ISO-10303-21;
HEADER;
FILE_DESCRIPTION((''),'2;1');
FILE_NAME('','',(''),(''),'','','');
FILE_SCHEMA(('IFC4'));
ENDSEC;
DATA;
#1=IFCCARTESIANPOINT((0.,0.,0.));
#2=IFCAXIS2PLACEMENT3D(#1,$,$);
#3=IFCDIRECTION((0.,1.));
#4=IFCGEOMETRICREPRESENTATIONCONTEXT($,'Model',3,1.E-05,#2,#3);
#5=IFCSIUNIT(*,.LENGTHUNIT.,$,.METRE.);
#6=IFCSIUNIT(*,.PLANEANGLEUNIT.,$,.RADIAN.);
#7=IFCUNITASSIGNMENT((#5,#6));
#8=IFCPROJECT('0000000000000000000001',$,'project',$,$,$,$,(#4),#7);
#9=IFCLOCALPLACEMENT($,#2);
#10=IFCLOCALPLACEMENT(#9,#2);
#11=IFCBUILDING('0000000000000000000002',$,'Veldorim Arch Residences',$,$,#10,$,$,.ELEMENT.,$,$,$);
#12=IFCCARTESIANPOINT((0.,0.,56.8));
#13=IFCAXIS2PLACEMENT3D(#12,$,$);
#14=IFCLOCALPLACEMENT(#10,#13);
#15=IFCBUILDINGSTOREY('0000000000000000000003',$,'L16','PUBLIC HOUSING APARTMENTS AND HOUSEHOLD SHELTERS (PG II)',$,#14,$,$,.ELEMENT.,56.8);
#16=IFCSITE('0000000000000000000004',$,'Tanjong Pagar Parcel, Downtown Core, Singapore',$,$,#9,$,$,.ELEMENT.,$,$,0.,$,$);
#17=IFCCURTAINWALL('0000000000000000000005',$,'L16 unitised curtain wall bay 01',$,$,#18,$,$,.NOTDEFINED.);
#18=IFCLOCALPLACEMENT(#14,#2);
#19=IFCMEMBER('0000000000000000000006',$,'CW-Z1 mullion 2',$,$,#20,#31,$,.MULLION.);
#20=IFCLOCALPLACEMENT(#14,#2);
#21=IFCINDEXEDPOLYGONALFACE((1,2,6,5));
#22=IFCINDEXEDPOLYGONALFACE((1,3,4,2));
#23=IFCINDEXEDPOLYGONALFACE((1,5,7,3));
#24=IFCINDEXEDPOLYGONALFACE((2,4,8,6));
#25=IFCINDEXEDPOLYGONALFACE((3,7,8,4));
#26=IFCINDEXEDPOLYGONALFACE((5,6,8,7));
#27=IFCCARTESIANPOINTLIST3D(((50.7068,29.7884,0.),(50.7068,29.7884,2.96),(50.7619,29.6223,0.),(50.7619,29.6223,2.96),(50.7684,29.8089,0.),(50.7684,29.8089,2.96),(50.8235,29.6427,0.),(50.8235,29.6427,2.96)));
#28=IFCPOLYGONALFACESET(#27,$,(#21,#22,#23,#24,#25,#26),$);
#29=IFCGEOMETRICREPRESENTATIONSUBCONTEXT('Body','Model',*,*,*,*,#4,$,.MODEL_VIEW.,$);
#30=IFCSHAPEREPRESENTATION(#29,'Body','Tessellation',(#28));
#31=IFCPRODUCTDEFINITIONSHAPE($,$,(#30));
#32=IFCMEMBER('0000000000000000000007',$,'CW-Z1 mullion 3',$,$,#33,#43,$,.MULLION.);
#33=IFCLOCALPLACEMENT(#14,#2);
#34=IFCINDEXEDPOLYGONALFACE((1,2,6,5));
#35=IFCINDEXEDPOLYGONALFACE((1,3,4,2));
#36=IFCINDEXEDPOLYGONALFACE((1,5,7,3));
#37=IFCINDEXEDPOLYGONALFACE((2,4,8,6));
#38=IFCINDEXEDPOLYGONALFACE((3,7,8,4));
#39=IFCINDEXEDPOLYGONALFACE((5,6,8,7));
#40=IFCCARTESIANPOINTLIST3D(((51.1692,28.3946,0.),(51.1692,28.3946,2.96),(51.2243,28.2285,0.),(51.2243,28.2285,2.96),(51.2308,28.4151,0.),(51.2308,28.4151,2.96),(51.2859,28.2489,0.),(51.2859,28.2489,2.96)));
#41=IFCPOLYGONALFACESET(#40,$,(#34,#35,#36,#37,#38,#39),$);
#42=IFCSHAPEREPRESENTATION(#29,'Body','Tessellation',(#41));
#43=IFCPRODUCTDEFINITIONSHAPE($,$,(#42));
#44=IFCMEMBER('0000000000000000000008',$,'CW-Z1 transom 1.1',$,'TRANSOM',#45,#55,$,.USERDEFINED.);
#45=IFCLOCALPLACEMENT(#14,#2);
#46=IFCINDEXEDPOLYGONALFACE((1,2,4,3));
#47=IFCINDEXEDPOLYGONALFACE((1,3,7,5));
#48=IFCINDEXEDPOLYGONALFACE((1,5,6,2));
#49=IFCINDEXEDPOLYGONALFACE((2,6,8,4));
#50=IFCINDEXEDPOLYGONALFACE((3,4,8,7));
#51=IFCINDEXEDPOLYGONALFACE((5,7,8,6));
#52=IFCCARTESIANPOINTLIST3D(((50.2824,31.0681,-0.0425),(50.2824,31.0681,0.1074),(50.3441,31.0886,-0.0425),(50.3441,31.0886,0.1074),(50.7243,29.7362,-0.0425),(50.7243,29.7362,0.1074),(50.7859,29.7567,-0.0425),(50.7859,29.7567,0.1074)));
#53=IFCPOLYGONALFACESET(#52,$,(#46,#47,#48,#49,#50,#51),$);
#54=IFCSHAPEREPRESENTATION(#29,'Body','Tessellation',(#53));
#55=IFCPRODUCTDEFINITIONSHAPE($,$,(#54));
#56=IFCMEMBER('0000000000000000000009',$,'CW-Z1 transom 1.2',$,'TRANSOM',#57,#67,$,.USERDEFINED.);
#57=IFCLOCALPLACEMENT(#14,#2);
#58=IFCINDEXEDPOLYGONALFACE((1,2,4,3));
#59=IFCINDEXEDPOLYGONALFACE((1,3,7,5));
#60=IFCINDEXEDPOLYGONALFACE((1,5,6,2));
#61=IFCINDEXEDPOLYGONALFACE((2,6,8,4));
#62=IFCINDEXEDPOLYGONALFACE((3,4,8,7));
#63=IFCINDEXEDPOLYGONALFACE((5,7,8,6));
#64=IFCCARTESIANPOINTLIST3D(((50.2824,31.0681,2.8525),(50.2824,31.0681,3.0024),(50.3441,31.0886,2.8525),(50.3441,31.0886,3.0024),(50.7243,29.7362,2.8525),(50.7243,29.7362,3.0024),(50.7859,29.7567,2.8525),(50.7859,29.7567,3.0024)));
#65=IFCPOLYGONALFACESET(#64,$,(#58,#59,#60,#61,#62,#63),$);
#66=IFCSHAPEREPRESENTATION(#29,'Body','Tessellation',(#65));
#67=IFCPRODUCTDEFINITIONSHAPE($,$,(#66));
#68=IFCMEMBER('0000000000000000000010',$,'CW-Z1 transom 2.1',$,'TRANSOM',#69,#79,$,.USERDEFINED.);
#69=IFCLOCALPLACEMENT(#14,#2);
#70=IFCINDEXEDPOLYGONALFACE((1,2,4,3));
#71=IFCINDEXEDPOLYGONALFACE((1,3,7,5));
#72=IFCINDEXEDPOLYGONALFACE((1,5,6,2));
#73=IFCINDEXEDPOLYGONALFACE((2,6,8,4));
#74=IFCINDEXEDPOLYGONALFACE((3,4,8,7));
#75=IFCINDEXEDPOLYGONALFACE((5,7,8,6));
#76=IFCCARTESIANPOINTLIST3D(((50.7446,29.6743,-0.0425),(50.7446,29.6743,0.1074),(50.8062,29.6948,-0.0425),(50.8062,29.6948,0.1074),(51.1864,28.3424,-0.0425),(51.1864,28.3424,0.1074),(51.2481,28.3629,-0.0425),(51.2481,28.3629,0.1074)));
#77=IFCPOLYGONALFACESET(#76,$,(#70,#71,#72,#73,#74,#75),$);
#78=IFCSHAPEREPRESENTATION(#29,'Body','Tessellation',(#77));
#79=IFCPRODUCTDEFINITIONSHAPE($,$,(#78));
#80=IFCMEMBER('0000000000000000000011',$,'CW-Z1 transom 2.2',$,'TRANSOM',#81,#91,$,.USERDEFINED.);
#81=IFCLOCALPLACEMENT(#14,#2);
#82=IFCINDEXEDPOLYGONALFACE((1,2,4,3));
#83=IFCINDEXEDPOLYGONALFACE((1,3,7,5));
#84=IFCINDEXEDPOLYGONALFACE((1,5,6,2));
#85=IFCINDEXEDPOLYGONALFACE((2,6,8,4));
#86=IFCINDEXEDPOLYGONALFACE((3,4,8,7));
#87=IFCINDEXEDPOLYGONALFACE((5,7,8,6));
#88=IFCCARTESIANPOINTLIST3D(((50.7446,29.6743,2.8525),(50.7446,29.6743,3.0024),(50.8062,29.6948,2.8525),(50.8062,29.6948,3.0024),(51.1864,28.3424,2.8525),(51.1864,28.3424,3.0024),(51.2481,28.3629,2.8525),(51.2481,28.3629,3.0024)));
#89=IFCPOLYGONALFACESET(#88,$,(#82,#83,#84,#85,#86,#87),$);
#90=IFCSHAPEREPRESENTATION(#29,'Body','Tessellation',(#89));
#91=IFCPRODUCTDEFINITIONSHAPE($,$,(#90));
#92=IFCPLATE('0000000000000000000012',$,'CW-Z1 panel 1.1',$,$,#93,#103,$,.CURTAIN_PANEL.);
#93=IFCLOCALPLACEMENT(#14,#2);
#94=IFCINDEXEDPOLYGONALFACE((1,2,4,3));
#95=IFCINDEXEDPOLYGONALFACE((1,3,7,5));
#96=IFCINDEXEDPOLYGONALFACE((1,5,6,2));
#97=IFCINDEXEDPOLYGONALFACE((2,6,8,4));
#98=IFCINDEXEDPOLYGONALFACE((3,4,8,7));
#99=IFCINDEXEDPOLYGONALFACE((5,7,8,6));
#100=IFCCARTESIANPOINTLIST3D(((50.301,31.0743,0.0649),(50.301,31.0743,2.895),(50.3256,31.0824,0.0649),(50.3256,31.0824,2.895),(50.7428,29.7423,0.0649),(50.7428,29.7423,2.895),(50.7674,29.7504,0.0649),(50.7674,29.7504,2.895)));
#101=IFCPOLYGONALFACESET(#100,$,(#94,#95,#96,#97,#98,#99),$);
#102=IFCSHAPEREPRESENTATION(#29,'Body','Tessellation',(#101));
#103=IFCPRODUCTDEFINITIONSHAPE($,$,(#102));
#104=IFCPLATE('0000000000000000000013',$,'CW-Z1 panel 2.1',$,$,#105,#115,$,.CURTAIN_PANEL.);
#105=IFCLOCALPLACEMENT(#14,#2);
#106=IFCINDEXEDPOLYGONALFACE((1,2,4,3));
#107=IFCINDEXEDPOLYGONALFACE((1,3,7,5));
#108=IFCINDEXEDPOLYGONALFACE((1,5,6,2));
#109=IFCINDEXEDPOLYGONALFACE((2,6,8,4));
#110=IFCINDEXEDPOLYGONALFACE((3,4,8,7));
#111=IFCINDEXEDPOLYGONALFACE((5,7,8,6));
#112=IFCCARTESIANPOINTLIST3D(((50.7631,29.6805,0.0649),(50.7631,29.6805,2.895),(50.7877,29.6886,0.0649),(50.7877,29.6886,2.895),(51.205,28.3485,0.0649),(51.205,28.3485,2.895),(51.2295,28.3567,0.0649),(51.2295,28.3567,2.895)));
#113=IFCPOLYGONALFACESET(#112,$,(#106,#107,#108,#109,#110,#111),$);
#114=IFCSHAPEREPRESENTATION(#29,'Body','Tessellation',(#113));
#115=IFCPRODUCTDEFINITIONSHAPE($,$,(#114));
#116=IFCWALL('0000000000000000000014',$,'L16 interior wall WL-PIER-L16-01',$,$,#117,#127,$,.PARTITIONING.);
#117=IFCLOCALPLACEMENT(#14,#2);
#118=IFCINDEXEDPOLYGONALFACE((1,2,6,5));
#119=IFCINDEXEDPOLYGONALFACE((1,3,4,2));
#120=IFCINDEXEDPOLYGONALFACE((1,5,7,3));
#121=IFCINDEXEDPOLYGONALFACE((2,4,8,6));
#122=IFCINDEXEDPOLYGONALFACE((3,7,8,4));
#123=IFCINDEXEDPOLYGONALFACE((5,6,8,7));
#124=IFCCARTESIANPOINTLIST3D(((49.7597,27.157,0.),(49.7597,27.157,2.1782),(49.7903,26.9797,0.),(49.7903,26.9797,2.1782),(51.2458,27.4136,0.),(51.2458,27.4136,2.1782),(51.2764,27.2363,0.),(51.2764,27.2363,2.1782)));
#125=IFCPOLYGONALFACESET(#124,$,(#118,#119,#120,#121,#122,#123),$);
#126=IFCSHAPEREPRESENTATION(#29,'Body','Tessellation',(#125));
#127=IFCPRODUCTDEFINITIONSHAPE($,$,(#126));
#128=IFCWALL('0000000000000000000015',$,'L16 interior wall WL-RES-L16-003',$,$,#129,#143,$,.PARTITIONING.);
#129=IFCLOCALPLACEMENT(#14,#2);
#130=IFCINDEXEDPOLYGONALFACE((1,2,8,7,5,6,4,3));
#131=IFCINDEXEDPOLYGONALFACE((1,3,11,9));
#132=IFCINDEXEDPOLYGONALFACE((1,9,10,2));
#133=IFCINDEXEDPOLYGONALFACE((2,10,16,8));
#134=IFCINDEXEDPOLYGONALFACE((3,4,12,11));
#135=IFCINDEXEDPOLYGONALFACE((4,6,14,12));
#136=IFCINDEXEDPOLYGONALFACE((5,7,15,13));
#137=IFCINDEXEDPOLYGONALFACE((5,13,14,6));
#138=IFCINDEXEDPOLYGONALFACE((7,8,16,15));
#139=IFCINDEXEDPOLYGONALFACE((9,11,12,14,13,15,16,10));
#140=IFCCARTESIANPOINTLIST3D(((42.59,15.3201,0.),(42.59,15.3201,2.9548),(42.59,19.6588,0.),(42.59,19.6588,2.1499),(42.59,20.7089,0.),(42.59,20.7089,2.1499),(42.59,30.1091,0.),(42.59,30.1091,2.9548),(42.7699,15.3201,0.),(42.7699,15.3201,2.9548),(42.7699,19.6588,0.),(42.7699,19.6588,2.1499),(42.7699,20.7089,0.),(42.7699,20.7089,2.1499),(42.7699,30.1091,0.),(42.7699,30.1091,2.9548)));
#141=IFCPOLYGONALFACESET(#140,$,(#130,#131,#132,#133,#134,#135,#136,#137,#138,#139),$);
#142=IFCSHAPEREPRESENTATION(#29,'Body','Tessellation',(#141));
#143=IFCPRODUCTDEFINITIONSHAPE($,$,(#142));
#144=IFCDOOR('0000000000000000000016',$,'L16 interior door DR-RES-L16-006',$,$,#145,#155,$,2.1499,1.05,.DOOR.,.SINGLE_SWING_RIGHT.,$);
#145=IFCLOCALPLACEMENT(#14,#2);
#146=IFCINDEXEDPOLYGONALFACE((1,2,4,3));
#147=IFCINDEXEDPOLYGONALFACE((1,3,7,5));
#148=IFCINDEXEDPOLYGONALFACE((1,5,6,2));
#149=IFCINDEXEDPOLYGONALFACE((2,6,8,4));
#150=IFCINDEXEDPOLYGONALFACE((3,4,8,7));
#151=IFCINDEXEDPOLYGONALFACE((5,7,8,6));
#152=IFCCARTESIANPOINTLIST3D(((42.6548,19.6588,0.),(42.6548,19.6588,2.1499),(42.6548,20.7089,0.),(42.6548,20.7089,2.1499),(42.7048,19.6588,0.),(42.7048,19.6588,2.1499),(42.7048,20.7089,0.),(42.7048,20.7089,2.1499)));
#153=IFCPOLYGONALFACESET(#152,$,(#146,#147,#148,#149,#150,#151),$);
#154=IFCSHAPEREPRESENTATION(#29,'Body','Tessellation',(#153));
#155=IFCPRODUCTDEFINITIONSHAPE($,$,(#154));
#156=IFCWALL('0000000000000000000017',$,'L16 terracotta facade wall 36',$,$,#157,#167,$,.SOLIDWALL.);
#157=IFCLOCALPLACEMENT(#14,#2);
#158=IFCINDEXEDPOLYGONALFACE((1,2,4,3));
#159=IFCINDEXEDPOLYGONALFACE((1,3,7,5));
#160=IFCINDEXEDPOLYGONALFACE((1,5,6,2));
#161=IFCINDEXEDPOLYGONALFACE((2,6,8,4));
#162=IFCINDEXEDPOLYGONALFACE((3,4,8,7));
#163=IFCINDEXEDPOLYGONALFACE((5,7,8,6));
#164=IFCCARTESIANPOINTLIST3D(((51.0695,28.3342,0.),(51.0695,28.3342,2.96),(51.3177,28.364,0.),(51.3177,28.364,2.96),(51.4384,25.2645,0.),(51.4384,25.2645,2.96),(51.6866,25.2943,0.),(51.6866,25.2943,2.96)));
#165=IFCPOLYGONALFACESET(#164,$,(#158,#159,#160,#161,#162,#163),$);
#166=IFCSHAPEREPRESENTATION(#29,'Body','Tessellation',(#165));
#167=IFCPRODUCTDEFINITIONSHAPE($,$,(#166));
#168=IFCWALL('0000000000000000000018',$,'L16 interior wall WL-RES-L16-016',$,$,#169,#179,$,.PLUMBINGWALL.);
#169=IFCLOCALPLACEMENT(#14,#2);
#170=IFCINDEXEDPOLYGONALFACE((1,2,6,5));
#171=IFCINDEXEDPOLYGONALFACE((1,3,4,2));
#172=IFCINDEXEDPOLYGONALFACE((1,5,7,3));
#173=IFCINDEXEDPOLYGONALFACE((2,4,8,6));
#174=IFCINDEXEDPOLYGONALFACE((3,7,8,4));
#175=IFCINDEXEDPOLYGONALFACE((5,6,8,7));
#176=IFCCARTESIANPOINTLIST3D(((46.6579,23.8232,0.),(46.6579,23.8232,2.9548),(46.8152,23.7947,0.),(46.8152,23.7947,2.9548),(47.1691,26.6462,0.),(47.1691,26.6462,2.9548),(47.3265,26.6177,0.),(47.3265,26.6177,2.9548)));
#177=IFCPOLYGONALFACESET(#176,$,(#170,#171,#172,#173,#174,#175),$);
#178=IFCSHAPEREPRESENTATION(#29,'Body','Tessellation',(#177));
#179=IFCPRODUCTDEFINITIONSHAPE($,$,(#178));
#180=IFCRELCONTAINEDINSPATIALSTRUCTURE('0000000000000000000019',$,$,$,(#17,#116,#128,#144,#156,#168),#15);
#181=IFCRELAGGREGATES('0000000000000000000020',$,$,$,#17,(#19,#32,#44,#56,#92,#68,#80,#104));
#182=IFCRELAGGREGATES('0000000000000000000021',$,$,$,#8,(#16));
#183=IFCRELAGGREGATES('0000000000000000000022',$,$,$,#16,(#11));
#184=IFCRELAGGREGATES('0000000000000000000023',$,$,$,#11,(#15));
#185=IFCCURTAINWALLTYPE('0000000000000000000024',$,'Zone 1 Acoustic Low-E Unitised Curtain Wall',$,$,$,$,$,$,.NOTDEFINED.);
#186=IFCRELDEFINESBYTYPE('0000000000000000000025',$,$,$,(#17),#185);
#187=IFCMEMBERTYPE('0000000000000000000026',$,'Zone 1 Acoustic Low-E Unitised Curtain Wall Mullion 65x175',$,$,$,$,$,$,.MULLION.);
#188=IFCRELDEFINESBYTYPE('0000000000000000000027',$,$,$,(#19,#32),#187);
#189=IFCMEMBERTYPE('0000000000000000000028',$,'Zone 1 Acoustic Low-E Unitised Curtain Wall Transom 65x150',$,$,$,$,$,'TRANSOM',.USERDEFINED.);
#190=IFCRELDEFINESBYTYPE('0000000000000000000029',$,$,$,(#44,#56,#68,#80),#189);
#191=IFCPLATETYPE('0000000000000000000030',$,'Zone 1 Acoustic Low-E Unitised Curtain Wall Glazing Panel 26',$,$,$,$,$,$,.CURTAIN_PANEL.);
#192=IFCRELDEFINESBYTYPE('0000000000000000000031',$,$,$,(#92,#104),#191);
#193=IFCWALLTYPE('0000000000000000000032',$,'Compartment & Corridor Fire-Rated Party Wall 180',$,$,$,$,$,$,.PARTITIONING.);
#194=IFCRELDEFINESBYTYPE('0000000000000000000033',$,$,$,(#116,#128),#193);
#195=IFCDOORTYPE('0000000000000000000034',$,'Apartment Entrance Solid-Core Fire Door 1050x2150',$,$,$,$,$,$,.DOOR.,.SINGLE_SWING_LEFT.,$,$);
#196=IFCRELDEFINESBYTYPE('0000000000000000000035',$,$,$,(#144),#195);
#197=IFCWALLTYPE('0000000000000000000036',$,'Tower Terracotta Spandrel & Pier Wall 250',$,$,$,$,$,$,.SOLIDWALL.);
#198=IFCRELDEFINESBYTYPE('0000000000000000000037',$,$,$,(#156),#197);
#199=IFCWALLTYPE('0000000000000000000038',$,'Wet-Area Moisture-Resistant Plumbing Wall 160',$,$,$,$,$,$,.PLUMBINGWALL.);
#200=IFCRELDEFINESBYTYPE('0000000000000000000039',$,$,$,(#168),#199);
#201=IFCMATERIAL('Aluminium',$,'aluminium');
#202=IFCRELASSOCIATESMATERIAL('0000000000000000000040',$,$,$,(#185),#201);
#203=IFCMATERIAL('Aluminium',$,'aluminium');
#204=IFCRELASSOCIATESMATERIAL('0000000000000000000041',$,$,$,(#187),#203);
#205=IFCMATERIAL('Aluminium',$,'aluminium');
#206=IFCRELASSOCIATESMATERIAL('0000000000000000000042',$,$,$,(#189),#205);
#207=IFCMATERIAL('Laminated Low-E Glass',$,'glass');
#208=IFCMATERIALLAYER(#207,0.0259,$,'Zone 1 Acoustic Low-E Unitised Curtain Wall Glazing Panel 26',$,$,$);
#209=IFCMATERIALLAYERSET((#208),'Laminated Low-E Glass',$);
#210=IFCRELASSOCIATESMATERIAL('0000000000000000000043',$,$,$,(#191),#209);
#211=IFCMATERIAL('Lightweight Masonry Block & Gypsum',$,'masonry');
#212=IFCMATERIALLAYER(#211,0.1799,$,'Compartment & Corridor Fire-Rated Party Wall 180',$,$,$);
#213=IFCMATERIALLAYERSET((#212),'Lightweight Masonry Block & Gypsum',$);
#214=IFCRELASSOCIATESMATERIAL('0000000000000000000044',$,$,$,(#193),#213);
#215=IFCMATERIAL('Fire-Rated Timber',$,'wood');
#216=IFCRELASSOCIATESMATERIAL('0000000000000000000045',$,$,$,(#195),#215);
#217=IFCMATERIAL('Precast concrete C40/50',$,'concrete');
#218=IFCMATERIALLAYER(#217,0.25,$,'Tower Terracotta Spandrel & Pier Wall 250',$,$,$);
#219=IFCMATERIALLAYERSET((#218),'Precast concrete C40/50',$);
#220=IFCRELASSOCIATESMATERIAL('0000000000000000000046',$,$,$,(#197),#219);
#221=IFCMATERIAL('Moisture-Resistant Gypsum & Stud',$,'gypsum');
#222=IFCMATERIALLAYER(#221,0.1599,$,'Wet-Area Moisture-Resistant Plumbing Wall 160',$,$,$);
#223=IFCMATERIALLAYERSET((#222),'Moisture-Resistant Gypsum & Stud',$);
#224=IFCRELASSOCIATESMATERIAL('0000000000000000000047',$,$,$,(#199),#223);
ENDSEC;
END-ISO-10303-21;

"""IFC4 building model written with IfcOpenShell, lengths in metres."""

from ifc_helpers import new_model, si_unit, direction, frame, frame_2d, origin, origin_2d, place, context, subcontext, project, spatial, rectangle, extrude, material, layer, layer_set, material_profile, profile_set, type_object, element, fill, aggregate, save


model = new_model("IFC4")

# Units and contexts
model_context = context("Model", 3, precision=1e-05, world=origin(), true_north=direction((0.0, 1.0)))
body_context = subcontext(model_context, "Body", "Model", "MODEL_VIEW")
ifc_project = project(units=[si_unit("LENGTHUNIT", "METRE"), si_unit("PLANEANGLEUNIT", "RADIAN")], contexts=[model_context])

# Site, building, storey
site_placement = place(None, origin())
site = spatial("IfcSite", under=ifc_project, at=site_placement, Name="Tanjong Pagar Parcel, Downtown Core, Singapore", CompositionType="ELEMENT", RefElevation=0.0)
building_placement = place(site_placement, origin())
building = spatial("IfcBuilding", under=site, at=building_placement, Name="Veldorim Arch Residences", CompositionType="ELEMENT")
storey_placement = place(building_placement, frame((0.0, 0.0, 56.8)))
storey = spatial("IfcBuildingStorey", under=building, at=storey_placement, Name="L16", Description="PUBLIC HOUSING APARTMENTS AND HOUSEHOLD SHELTERS (PG II)", CompositionType="ELEMENT", Elevation=56.8)

# Curtain wall, members, plates
ifc_material_1 = material(Name="Aluminium", Category="aluminium")
curtain_wall_type = type_object("IfcCurtainWallType", Name="Zone 1 Acoustic Low-E Unitised Curtain Wall", PredefinedType="NOTDEFINED", material=ifc_material_1)
curtain_wall_placement = place(storey_placement, origin())
curtain_wall = element("IfcCurtainWall", 1, at=curtain_wall_placement, inside=storey, type_object=curtain_wall_type, Name="L16 unitised curtain wall bay 01", PredefinedType="NOTDEFINED")
ifc_material_2 = material(Name="Aluminium", Category="aluminium")
ifc_material_profile_1 = material_profile(ifc_material_2, rectangle(XDim=0.0649, YDim=0.175, at=origin_2d()), Name="ALU_MUL_65x175")
ifc_profile_set_1 = profile_set([ifc_material_profile_1], Name="Aluminium")
member_type_1 = type_object("IfcMemberType", Name="Zone 1 Acoustic Low-E Unitised Curtain Wall Mullion 65x175", PredefinedType="MULLION", material=ifc_profile_set_1)
member_1_placement = place(storey_placement, frame((50.7651, 29.7156, 0.0), z_axis=(0.0, 0.0, 1.0), x_axis=(0.949145, 0.314838, 0.0)))
member_1 = element("IfcMember", 2, at=member_1_placement, type_object=member_type_1, Name="CW-Z1 mullion 2", PredefinedType="MULLION", context=body_context, shape_type="SweptSolid", body=[
    extrude(rectangle(XDim=0.0649, YDim=0.175, at=origin_2d()), origin(), (0.0, 0.0, 1.0), 2.96),
])
member_2_placement = place(storey_placement, frame((51.2275, 28.3218, 0.0), z_axis=(0.0, 0.0, 1.0), x_axis=(0.949145, 0.314838, 0.0)))
member_2 = element("IfcMember", 3, at=member_2_placement, type_object=member_type_1, Name="CW-Z1 mullion 3", PredefinedType="MULLION", context=body_context, shape_type="SweptSolid", body=[
    extrude(rectangle(XDim=0.0649, YDim=0.175, at=origin_2d()), origin(), (0.0, 0.0, 1.0), 2.96),
])
ifc_material_3 = material(Name="Aluminium", Category="aluminium")
ifc_material_profile_2 = material_profile(ifc_material_3, rectangle(XDim=0.0649, YDim=0.1499, at=origin_2d()), Name="ALU_TRN_65x150")
ifc_profile_set_2 = profile_set([ifc_material_profile_2], Name="Aluminium")
member_type_2 = type_object("IfcMemberType", Name="Zone 1 Acoustic Low-E Unitised Curtain Wall Transom 65x150", ElementType="TRANSOM", PredefinedType="USERDEFINED", material=ifc_profile_set_2)
member_3_placement = place(storey_placement, frame((50.3132, 31.0784, 0.0325), z_axis=(0.314871, -0.949135, 0.0), x_axis=(0.949135, 0.314871, 0.0)))
member_3 = element("IfcMember", 4, at=member_3_placement, type_object=member_type_2, Name="CW-Z1 transom 1.1", ObjectType="TRANSOM", PredefinedType="USERDEFINED", context=body_context, shape_type="SweptSolid", body=[
    extrude(rectangle(XDim=0.0649, YDim=0.1499, at=origin_2d()), origin(), (0.0, 0.0, 1.0), 1.4033),
])
member_4_placement = place(storey_placement, frame((50.3132, 31.0784, 2.9275), z_axis=(0.314871, -0.949135, 0.0), x_axis=(0.949135, 0.314871, 0.0)))
member_4 = element("IfcMember", 5, at=member_4_placement, type_object=member_type_2, Name="CW-Z1 transom 1.2", ObjectType="TRANSOM", PredefinedType="USERDEFINED", context=body_context, shape_type="SweptSolid", body=[
    extrude(rectangle(XDim=0.0649, YDim=0.1499, at=origin_2d()), origin(), (0.0, 0.0, 1.0), 1.4033),
])
member_5_placement = place(storey_placement, frame((50.7754, 29.6846, 0.0325), z_axis=(0.314871, -0.949135, 0.0), x_axis=(0.949135, 0.314871, 0.0)))
member_5 = element("IfcMember", 6, at=member_5_placement, type_object=member_type_2, Name="CW-Z1 transom 2.1", ObjectType="TRANSOM", PredefinedType="USERDEFINED", context=body_context, shape_type="SweptSolid", body=[
    extrude(rectangle(XDim=0.0649, YDim=0.1499, at=origin_2d()), origin(), (0.0, 0.0, 1.0), 1.4033),
])
member_6_placement = place(storey_placement, frame((50.7754, 29.6846, 2.9275), z_axis=(0.314871, -0.949135, 0.0), x_axis=(0.949135, 0.314871, 0.0)))
member_6 = element("IfcMember", 7, at=member_6_placement, type_object=member_type_2, Name="CW-Z1 transom 2.2", ObjectType="TRANSOM", PredefinedType="USERDEFINED", context=body_context, shape_type="SweptSolid", body=[
    extrude(rectangle(XDim=0.0649, YDim=0.1499, at=origin_2d()), origin(), (0.0, 0.0, 1.0), 1.4033),
])
ifc_material_4 = material(Name="Laminated Low-E Glass", Category="glass")
ifc_layer_1 = layer(ifc_material_4, 0.0259, Name="Zone 1 Acoustic Low-E Unitised Curtain Wall Glazing Panel 26")
ifc_layer_set_1 = layer_set([ifc_layer_1], Name="Laminated Low-E Glass")
plate_type = type_object("IfcPlateType", Name="Zone 1 Acoustic Low-E Unitised Curtain Wall Glazing Panel 26", PredefinedType="CURTAIN_PANEL", material=ifc_layer_set_1)
plate_1_placement = place(storey_placement, frame((50.5342, 30.4124, 0.0649), z_axis=(0.0, 0.0, 1.0), x_axis=(0.314838, -0.949145, 0.0)))
plate_1 = element("IfcPlate", 8, at=plate_1_placement, type_object=plate_type, Name="CW-Z1 panel 1.1", PredefinedType="CURTAIN_PANEL", context=body_context, shape_type="SweptSolid", body=[
    extrude(rectangle(XDim=1.4033, YDim=0.0259, at=origin_2d()), origin(), (0.0, 0.0, 1.0), 2.8301),
])
plate_2_placement = place(storey_placement, frame((50.9963, 29.0186, 0.0649), z_axis=(0.0, 0.0, 1.0), x_axis=(0.314838, -0.949145, 0.0)))
plate_2 = element("IfcPlate", 9, at=plate_2_placement, type_object=plate_type, Name="CW-Z1 panel 2.1", PredefinedType="CURTAIN_PANEL", context=body_context, shape_type="SweptSolid", body=[
    extrude(rectangle(XDim=1.4033, YDim=0.0259, at=origin_2d()), origin(), (0.0, 0.0, 1.0), 2.8301),
])
aggregate(curtain_wall, [member_1, member_2, member_3, member_4, plate_1, member_5, member_6, plate_2])

# Wall
ifc_material_5 = material(Name="Lightweight Masonry Block & Gypsum", Category="masonry")
ifc_layer_2 = layer(ifc_material_5, 0.1799, Name="Compartment & Corridor Fire-Rated Party Wall 180")
ifc_layer_set_2 = layer_set([ifc_layer_2], Name="Lightweight Masonry Block & Gypsum")
wall_type_1 = type_object("IfcWallType", Name="Compartment & Corridor Fire-Rated Party Wall 180", PredefinedType="PARTITIONING", material=ifc_layer_set_2)
wall_1_placement = place(storey_placement, frame((49.7751, 27.0684, 0.0), z_axis=(0.0, 0.0, 1.0), x_axis=(0.985419, 0.170145, 0.0)))
element("IfcWall", 10, at=wall_1_placement, inside=storey, type_object=wall_type_1, Name="L16 interior wall WL-PIER-L16-01", PredefinedType="PARTITIONING", context=body_context, shape_type="SweptSolid", body=[
    extrude(rectangle(XDim=1.5081, YDim=0.1799, at=frame_2d((0.7539, 0.0))), origin(), (0.0, 0.0, 1.0), 2.1782),
])

# Wall, opening, door
wall_2_placement = place(storey_placement, frame((42.6799, 30.1091, 0.0), z_axis=(0.0, 0.0, 1.0), x_axis=(0.0, -1.0, 0.0)))
wall_2 = element("IfcWall", 11, at=wall_2_placement, inside=storey, type_object=wall_type_1, Name="L16 interior wall WL-RES-L16-003", PredefinedType="PARTITIONING", context=body_context, shape_type="SweptSolid", body=[
    extrude(rectangle(XDim=14.7891, YDim=0.1799, at=frame_2d((7.3945, 0.0))), origin(), (0.0, 0.0, 1.0), 2.9548),
])
opening_placement = place(wall_2_placement, frame((9.4004, 0.0, 0.0)))
opening = element("IfcOpeningElement", 12, at=opening_placement, cuts=wall_2, PredefinedType="OPENING", context=body_context, shape_type="SweptSolid", body=[
    extrude(rectangle(XDim=1.05, YDim=2.1499, at=frame_2d((0.5249, 1.075))), frame((0.0, 0.0999, 0.0), z_axis=(0.0, -1.0, 0.0), x_axis=(1.0, 0.0, 0.0)), (0.0, 0.0, 1.0), 0.2),
])
ifc_material_6 = material(Name="Fire-Rated Timber", Category="wood")
door_type = type_object("IfcDoorType", Name="Apartment Entrance Solid-Core Fire Door 1050x2150", OperationType="SINGLE_SWING_LEFT", PredefinedType="DOOR", material=ifc_material_6)
door_placement = place(opening_placement, origin())
door = element("IfcDoor", 13, at=door_placement, inside=storey, type_object=door_type, Name="L16 interior door DR-RES-L16-006", OperationType="SINGLE_SWING_RIGHT", OverallHeight=2.1499, OverallWidth=1.05, PredefinedType="DOOR", context=body_context, shape_type="SweptSolid", body=[
    extrude(rectangle(XDim=1.05, YDim=2.1499, at=frame_2d((0.5249, 1.075))), frame((0.0, 0.0249, 0.0), z_axis=(0.0, -1.0, 0.0), x_axis=(1.0, 0.0, 0.0)), (0.0, 0.0, 1.0), 0.05),
])
fill(opening, door)

# Walls
ifc_material_7 = material(Name="Precast concrete C40/50", Category="concrete")
ifc_layer_3 = layer(ifc_material_7, 0.25, Name="Tower Terracotta Spandrel & Pier Wall 250")
ifc_layer_set_3 = layer_set([ifc_layer_3], Name="Precast concrete C40/50")
wall_type_2 = type_object("IfcWallType", Name="Tower Terracotta Spandrel & Pier Wall 250", PredefinedType="SOLIDWALL", material=ifc_layer_set_3)
wall_3_placement = place(storey_placement, frame((51.1936, 28.3491, 0.0), z_axis=(0.0, 0.0, 1.0), x_axis=(0.11931, -0.992857, 0.0)))
element("IfcWall", 14, at=wall_3_placement, inside=storey, type_object=wall_type_2, Name="L16 terracotta facade wall 36", PredefinedType="SOLIDWALL", context=body_context, shape_type="SweptSolid", body=[
    extrude(rectangle(XDim=3.0918, YDim=0.25, at=frame_2d((1.5459, 0.0))), origin(), (0.0, 0.0, 1.0), 2.96),
])
ifc_material_8 = material(Name="Moisture-Resistant Gypsum & Stud", Category="gypsum")
ifc_layer_4 = layer(ifc_material_8, 0.1599, Name="Wet-Area Moisture-Resistant Plumbing Wall 160")
ifc_layer_set_4 = layer_set([ifc_layer_4], Name="Moisture-Resistant Gypsum & Stud")
wall_type_3 = type_object("IfcWallType", Name="Wet-Area Moisture-Resistant Plumbing Wall 160", PredefinedType="PLUMBINGWALL", material=ifc_layer_set_4)
wall_4_placement = place(storey_placement, frame((47.2478, 26.6321, 0.0), z_axis=(0.0, 0.0, 1.0), x_axis=(-0.178196, -0.983995, 0.0)))
element("IfcWall", 15, at=wall_4_placement, inside=storey, type_object=wall_type_3, Name="L16 interior wall WL-RES-L16-016", PredefinedType="PLUMBINGWALL", context=body_context, shape_type="SweptSolid", body=[
    extrude(rectangle(XDim=2.8689, YDim=0.1599, at=frame_2d((1.4346, 0.0))), origin(), (0.0, 0.0, 1.0), 2.9548),
])

save(model, "model.ifc")
